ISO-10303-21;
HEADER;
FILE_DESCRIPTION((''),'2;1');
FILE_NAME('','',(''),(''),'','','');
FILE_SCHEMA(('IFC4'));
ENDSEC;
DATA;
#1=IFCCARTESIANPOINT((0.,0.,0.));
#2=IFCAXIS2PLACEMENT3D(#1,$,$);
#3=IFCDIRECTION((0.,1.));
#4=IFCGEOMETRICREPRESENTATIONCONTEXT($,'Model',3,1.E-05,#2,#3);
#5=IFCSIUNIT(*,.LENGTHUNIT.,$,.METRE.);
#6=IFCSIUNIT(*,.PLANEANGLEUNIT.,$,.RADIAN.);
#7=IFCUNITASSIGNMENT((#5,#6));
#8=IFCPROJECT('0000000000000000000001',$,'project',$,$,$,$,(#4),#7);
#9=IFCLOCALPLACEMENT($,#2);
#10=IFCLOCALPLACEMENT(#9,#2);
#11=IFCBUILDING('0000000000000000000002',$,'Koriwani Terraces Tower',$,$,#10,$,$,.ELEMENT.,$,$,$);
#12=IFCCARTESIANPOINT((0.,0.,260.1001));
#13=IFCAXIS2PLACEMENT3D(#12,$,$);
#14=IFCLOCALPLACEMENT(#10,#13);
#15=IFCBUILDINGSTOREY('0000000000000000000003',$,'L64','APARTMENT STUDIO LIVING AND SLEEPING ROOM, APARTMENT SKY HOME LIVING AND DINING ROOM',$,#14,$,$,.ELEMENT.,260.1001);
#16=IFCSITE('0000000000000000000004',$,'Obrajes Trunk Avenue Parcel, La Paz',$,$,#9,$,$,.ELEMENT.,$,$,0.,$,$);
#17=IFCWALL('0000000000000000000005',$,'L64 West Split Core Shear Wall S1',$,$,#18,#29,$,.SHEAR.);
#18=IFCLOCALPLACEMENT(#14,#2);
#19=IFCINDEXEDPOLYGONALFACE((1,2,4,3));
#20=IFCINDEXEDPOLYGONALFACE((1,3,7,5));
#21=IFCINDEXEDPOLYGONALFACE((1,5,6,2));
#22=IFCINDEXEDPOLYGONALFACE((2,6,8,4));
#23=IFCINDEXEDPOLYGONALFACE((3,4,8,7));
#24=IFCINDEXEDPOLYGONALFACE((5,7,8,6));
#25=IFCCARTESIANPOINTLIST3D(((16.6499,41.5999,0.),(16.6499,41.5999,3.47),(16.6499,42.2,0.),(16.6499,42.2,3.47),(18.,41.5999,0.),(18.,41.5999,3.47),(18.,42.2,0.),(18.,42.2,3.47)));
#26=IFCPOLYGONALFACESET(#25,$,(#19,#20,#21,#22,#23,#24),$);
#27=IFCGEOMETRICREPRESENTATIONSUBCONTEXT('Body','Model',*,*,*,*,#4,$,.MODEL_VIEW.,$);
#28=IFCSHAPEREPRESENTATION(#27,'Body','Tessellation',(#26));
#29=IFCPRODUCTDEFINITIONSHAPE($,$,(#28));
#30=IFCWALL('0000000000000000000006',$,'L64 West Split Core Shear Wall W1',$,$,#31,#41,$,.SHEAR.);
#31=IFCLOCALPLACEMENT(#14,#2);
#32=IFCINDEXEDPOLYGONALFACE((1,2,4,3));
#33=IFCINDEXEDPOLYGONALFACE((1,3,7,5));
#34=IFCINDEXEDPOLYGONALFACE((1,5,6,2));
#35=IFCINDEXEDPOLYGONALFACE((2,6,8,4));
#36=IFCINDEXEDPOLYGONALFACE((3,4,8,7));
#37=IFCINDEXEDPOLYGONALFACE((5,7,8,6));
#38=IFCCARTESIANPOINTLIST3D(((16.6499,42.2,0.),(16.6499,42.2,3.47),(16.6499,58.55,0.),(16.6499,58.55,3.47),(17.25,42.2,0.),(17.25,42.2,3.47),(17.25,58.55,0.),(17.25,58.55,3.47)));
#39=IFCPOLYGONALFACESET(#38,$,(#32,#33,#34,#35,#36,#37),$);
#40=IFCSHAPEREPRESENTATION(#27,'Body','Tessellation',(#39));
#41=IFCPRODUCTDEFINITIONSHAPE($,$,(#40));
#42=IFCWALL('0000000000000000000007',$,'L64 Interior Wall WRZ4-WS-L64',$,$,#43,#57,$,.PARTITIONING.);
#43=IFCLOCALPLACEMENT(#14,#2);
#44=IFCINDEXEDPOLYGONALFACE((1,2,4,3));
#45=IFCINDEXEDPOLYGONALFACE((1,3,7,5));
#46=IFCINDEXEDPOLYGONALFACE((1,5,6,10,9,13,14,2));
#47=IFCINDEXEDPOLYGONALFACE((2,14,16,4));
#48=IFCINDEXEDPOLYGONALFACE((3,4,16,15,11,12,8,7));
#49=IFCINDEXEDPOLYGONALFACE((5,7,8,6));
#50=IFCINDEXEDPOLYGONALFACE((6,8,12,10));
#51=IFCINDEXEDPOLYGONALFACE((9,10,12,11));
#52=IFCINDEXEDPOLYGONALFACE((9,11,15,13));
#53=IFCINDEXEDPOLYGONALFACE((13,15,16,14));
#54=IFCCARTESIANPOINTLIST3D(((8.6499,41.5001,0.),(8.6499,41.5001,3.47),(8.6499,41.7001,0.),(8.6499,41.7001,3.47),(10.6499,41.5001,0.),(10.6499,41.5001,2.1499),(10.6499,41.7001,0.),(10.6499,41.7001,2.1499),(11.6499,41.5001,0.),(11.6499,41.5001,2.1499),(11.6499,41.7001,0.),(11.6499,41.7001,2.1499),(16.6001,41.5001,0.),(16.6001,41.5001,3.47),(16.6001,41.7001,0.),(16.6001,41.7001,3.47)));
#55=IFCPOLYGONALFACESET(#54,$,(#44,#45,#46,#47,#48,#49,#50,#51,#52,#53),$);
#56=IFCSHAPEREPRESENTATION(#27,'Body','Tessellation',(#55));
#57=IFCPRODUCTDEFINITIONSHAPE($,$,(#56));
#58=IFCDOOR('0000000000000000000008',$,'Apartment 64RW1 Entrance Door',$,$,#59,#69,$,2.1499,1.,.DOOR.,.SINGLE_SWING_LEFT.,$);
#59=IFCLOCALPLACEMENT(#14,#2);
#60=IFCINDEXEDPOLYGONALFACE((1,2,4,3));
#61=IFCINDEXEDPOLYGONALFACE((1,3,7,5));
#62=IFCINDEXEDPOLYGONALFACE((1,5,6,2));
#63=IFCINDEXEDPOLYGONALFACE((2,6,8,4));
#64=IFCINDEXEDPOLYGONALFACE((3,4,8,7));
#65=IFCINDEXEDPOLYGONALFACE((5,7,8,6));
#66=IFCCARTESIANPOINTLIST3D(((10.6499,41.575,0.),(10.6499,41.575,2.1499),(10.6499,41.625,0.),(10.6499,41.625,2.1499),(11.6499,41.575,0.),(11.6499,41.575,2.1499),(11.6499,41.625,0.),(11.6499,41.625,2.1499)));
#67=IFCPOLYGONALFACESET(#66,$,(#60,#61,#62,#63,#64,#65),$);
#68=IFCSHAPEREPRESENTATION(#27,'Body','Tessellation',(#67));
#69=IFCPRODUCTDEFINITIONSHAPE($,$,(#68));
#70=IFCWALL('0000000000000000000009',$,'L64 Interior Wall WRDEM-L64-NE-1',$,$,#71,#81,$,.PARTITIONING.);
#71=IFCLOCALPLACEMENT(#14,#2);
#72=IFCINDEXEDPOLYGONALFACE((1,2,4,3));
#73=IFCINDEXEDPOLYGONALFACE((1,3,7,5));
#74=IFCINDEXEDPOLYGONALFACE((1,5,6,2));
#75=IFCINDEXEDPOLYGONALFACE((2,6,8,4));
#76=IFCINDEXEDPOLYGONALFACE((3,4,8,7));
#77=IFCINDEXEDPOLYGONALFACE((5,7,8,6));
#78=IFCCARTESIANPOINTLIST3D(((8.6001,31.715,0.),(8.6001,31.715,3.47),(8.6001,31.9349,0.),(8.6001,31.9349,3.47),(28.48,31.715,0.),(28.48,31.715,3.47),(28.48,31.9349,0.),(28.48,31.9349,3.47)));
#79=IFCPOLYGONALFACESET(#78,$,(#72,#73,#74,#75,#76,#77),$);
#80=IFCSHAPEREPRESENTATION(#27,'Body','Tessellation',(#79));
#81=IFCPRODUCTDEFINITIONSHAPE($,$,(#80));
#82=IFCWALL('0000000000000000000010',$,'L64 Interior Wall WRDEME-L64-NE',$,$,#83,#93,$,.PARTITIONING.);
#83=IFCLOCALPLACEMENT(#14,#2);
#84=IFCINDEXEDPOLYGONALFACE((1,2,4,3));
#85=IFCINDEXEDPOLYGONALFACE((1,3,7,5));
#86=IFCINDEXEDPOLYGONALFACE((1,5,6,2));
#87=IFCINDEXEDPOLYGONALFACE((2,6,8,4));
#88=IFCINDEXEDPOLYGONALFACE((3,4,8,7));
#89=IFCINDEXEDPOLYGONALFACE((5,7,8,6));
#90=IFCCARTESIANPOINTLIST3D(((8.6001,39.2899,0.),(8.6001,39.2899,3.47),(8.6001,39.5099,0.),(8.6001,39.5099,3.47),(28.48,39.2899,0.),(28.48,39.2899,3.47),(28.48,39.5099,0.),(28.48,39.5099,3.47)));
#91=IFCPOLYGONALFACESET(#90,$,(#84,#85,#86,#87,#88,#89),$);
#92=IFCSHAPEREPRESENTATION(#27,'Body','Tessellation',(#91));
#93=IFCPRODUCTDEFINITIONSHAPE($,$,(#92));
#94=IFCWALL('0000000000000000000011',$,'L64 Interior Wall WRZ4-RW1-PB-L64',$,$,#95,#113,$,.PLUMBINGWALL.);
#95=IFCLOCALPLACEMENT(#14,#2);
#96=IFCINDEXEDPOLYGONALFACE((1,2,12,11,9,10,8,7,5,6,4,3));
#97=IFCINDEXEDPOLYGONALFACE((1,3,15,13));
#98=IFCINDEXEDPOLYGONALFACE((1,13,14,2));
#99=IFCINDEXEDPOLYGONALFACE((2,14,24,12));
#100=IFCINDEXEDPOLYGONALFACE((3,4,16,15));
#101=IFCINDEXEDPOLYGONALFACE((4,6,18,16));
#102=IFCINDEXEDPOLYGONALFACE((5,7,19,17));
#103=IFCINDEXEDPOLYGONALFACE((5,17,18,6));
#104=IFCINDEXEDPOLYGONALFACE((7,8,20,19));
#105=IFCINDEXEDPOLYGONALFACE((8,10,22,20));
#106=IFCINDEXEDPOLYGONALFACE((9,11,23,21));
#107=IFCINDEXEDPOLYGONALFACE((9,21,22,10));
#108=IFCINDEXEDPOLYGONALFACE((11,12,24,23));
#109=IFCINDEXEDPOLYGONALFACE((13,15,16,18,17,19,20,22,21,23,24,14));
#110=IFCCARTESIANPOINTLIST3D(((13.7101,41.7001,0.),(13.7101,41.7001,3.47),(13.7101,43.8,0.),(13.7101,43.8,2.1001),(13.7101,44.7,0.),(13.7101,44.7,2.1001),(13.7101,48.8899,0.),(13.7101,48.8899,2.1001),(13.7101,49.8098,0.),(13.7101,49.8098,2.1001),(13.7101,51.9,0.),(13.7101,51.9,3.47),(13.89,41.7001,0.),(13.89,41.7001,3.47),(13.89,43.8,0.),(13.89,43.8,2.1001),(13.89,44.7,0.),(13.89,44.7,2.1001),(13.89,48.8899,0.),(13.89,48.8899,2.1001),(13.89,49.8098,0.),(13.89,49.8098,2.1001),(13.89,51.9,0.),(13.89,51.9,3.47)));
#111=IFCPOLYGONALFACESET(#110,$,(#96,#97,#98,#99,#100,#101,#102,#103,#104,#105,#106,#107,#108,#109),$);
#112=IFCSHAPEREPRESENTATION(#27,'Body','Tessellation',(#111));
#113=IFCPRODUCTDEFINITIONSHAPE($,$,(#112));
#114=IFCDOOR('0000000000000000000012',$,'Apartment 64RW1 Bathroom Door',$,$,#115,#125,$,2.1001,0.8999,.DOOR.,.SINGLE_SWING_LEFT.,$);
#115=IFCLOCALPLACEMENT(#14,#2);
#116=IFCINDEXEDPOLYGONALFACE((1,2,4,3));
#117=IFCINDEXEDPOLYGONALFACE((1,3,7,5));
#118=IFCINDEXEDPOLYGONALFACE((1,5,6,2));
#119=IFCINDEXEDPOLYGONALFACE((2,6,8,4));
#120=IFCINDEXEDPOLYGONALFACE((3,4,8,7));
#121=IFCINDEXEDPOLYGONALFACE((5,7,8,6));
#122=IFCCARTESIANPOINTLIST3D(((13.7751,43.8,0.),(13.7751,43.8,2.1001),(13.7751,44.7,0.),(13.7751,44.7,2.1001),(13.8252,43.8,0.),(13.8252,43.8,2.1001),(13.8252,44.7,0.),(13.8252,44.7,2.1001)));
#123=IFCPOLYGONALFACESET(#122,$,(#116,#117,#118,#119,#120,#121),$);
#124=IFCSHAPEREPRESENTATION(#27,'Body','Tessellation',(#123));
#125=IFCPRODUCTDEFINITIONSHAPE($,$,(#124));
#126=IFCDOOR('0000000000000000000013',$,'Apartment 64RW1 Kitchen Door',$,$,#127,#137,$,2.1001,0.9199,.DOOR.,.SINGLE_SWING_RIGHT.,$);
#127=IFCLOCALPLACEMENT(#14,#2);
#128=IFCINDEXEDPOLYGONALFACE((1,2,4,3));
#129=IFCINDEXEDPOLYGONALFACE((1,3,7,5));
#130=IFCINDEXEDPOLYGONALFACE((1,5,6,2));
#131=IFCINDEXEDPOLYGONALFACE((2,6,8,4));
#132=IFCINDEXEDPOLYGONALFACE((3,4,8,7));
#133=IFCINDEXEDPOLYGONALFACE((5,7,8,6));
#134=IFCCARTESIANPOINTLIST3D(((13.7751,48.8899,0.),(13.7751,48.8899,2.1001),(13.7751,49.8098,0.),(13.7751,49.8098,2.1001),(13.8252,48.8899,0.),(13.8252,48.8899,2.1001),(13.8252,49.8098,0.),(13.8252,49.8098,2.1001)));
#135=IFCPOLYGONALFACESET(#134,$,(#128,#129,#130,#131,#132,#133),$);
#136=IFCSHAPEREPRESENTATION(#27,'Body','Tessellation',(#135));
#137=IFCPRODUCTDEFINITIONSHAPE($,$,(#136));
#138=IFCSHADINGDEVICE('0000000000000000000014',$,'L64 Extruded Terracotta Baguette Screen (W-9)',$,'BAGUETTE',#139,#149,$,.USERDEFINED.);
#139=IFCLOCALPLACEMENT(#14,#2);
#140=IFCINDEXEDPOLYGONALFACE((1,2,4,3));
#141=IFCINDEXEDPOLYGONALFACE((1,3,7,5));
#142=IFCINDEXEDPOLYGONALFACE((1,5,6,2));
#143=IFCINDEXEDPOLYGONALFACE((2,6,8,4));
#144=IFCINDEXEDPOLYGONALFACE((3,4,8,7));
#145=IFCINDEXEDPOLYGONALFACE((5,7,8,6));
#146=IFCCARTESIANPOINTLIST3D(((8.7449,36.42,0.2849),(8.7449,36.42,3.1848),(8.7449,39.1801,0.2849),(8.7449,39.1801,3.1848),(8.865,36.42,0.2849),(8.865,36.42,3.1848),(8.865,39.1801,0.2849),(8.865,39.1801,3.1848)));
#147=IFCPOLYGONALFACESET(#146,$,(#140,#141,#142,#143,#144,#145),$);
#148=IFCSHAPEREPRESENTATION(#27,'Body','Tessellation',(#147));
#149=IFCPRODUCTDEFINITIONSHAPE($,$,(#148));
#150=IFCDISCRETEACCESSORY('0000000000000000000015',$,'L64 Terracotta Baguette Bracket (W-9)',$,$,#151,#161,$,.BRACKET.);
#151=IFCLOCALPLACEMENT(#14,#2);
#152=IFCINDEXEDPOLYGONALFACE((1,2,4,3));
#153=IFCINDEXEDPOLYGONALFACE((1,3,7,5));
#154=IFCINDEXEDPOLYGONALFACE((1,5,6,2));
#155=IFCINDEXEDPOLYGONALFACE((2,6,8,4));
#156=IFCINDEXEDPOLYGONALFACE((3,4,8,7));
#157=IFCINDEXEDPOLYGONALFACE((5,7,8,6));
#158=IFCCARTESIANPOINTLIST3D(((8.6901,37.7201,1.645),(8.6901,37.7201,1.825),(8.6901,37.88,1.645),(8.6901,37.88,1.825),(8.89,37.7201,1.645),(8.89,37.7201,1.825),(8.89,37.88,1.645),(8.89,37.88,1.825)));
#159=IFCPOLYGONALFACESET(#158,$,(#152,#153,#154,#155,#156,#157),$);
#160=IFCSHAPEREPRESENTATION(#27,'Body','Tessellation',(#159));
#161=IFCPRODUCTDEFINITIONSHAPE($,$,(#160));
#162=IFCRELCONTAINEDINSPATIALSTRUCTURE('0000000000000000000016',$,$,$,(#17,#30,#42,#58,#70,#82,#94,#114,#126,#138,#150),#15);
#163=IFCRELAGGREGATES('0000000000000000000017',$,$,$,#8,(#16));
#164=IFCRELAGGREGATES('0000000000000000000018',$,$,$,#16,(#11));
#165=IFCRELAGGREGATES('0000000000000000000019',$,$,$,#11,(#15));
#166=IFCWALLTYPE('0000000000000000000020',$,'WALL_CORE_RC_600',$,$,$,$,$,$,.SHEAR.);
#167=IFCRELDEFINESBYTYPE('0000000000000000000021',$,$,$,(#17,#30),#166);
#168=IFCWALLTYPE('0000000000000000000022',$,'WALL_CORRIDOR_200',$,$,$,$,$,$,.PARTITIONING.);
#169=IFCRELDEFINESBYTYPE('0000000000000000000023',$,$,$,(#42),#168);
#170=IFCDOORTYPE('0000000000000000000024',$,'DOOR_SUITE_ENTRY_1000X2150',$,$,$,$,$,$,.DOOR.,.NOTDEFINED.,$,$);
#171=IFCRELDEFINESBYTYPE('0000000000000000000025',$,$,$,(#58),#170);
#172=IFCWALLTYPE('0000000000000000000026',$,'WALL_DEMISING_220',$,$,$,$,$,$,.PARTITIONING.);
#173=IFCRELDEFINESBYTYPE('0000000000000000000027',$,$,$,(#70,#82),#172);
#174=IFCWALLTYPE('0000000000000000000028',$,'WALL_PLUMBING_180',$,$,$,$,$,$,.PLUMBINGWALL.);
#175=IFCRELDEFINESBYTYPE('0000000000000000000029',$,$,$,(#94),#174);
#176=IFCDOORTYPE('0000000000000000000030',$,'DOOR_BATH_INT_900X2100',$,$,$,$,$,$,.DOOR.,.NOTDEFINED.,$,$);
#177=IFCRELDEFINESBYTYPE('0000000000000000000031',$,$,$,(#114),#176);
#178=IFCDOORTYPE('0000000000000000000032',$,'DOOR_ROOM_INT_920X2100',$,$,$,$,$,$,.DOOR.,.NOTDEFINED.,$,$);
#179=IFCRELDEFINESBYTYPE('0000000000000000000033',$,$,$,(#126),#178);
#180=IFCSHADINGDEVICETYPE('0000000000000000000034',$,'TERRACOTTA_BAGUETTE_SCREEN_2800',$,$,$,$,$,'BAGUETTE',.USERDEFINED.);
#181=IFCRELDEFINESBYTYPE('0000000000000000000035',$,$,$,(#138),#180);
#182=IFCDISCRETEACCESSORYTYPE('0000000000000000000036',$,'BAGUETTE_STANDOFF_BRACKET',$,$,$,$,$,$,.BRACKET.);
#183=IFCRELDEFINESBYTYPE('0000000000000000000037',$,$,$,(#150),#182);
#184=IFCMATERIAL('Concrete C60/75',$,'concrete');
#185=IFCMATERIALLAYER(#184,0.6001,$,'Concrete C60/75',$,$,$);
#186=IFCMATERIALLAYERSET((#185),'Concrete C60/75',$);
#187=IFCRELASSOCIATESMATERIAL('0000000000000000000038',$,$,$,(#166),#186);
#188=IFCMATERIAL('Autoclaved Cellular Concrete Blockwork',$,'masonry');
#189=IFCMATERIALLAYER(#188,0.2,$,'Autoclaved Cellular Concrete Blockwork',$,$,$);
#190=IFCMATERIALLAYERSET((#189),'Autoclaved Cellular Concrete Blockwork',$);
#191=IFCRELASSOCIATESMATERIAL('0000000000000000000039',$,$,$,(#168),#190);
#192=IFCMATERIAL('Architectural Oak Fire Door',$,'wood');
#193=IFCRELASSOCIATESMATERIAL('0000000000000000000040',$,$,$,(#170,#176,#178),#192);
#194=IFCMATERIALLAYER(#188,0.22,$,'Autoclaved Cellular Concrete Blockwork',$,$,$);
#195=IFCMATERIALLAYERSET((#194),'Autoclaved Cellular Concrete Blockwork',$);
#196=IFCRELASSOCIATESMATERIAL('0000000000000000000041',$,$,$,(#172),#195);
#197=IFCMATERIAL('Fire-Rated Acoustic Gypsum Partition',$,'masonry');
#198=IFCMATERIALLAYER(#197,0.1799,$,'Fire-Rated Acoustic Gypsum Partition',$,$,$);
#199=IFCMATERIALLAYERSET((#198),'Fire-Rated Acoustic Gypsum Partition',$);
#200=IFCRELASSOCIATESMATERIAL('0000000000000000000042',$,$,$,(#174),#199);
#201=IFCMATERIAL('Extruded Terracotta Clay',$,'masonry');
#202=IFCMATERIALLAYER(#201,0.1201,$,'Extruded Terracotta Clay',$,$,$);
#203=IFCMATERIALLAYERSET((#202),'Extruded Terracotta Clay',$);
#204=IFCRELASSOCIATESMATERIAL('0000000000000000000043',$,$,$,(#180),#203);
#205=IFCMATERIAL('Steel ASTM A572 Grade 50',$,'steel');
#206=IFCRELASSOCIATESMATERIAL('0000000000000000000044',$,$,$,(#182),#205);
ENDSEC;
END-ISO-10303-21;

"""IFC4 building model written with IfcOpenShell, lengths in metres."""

from ifc_helpers import new_model, si_unit, direction, frame, frame_2d, origin, origin_2d, place, context, subcontext, project, spatial, rectangle, extrude, material, layer, layer_set, type_object, element, fill, save


model = new_model("IFC4")

# Units and contexts
model_context = context("Model", 3, precision=1e-05, world=origin(), true_north=direction((0.0, 1.0)))
body_context = subcontext(model_context, "Body", "Model", "MODEL_VIEW")
ifc_project = project(units=[si_unit("LENGTHUNIT", "METRE"), si_unit("PLANEANGLEUNIT", "RADIAN")], contexts=[model_context])

# Site, building, storey
site_placement = place(None, origin())
site = spatial("IfcSite", under=ifc_project, at=site_placement, Name="Obrajes Trunk Avenue Parcel, La Paz", CompositionType="ELEMENT", RefElevation=0.0)
building_placement = place(site_placement, origin())
building = spatial("IfcBuilding", under=site, at=building_placement, Name="Koriwani Terraces Tower", CompositionType="ELEMENT")
storey_placement = place(building_placement, frame((0.0, 0.0, 260.1001)))
storey = spatial("IfcBuildingStorey", under=building, at=storey_placement, Name="L64", Description="APARTMENT STUDIO LIVING AND SLEEPING ROOM, APARTMENT SKY HOME LIVING AND DINING ROOM", CompositionType="ELEMENT", Elevation=260.1001)

# Shared definitions
ifc_material_1 = material(Name="Steel ASTM A572 Grade 50", Category="steel")

# Walls
ifc_material_2 = material(Name="Concrete C60/75", Category="concrete")
ifc_layer_1 = layer(ifc_material_2, 0.6001, Name="Concrete C60/75")
ifc_layer_set_1 = layer_set([ifc_layer_1], Name="Concrete C60/75")
wall_type_1 = type_object("IfcWallType", Name="WALL_CORE_RC_600", PredefinedType="SHEAR", material=ifc_layer_set_1)
wall_1_placement = place(storey_placement, frame((16.6499, 41.8999, 0.0), z_axis=(0.0, 0.0, 1.0), x_axis=(1.0, 0.0, 0.0)))
element("IfcWall", 1, at=wall_1_placement, inside=storey, type_object=wall_type_1, Name="L64 West Split Core Shear Wall S1", PredefinedType="SHEAR", context=body_context, shape_type="SweptSolid", body=[
    extrude(rectangle(XDim=1.3501, YDim=0.6001, at=frame_2d((0.675, 0.0))), origin(), (0.0, 0.0, 1.0), 3.47),
])
wall_2_placement = place(storey_placement, frame((16.95, 42.2, 0.0), z_axis=(0.0, 0.0, 1.0), x_axis=(0.0, 1.0, 0.0)))
element("IfcWall", 2, at=wall_2_placement, inside=storey, type_object=wall_type_1, Name="L64 West Split Core Shear Wall W1", PredefinedType="SHEAR", context=body_context, shape_type="SweptSolid", body=[
    extrude(rectangle(XDim=16.3501, YDim=0.6001, at=frame_2d((8.175, 0.0))), origin(), (0.0, 0.0, 1.0), 3.47),
])

# Wall, opening, door
ifc_material_3 = material(Name="Autoclaved Cellular Concrete Blockwork", Category="masonry")
ifc_layer_2 = layer(ifc_material_3, 0.2, Name="Autoclaved Cellular Concrete Blockwork")
ifc_layer_set_2 = layer_set([ifc_layer_2], Name="Autoclaved Cellular Concrete Blockwork")
wall_type_2 = type_object("IfcWallType", Name="WALL_CORRIDOR_200", PredefinedType="PARTITIONING", material=ifc_layer_set_2)
wall_3_placement = place(storey_placement, frame((8.6499, 41.6001, 0.0), z_axis=(0.0, 0.0, 1.0), x_axis=(1.0, 0.0, 0.0)))
wall_3 = element("IfcWall", 3, at=wall_3_placement, inside=storey, type_object=wall_type_2, Name="L64 Interior Wall WRZ4-WS-L64", PredefinedType="PARTITIONING", context=body_context, shape_type="SweptSolid", body=[
    extrude(rectangle(XDim=7.9502, YDim=0.2, at=frame_2d((3.9751, 0.0))), origin(), (0.0, 0.0, 1.0), 3.47),
])
opening_1_placement = place(wall_3_placement, frame((2.0, 0.0, 0.0)))
opening_1 = element("IfcOpeningElement", 4, at=opening_1_placement, cuts=wall_3, PredefinedType="OPENING", context=body_context, shape_type="SweptSolid", body=[
    extrude(rectangle(XDim=1.0, YDim=2.1499, at=frame_2d((0.5, 1.075))), frame((0.0, 0.1099, 0.0), z_axis=(0.0, -1.0, 0.0), x_axis=(1.0, 0.0, 0.0)), (0.0, 0.0, 1.0), 0.22),
])
ifc_material_4 = material(Name="Architectural Oak Fire Door", Category="wood")
door_type_1 = type_object("IfcDoorType", Name="DOOR_SUITE_ENTRY_1000X2150", OperationType="NOTDEFINED", PredefinedType="DOOR", material=ifc_material_4)
door_1_placement = place(opening_1_placement, origin())
door_1 = element("IfcDoor", 5, at=door_1_placement, inside=storey, type_object=door_type_1, Name="Apartment 64RW1 Entrance Door", OperationType="SINGLE_SWING_LEFT", OverallHeight=2.1499, OverallWidth=1.0, PredefinedType="DOOR", context=body_context, shape_type="SweptSolid", body=[
    extrude(rectangle(XDim=1.0, YDim=2.1499, at=frame_2d((0.5, 1.075))), frame((0.0, 0.0249, 0.0), z_axis=(0.0, -1.0, 0.0), x_axis=(1.0, 0.0, 0.0)), (0.0, 0.0, 1.0), 0.05),
])
fill(opening_1, door_1)

# Walls
ifc_layer_3 = layer(ifc_material_3, 0.22, Name="Autoclaved Cellular Concrete Blockwork")
ifc_layer_set_3 = layer_set([ifc_layer_3], Name="Autoclaved Cellular Concrete Blockwork")
wall_type_3 = type_object("IfcWallType", Name="WALL_DEMISING_220", PredefinedType="PARTITIONING", material=ifc_layer_set_3)
for number, where, z_axis, x_axis, name in (
    (6, (8.6001, 31.825, 0.0), (0.0, 0.0, 1.0), (1.0, 0.0, 0.0), "L64 Interior Wall WRDEM-L64-NE-1"),
    (7, (8.6001, 39.3999, 0.0), (0.0, 0.0, 1.0), (1.0, 0.0, 0.0), "L64 Interior Wall WRDEME-L64-NE"),
):
    element("IfcWall", number, at=place(storey_placement, frame(where, z_axis=z_axis, x_axis=x_axis)), inside=storey, type_object=wall_type_3, Name=name, PredefinedType="PARTITIONING", context=body_context, shape_type="SweptSolid", body=[
        extrude(rectangle(XDim=19.8799, YDim=0.22, at=frame_2d((9.9399, 0.0))), origin(), (0.0, 0.0, 1.0), 3.47),
    ])

# Wall, openings, doors
ifc_material_5 = material(Name="Fire-Rated Acoustic Gypsum Partition", Category="masonry")
ifc_layer_4 = layer(ifc_material_5, 0.1799, Name="Fire-Rated Acoustic Gypsum Partition")
ifc_layer_set_4 = layer_set([ifc_layer_4], Name="Fire-Rated Acoustic Gypsum Partition")
wall_type_4 = type_object("IfcWallType", Name="WALL_PLUMBING_180", PredefinedType="PLUMBINGWALL", material=ifc_layer_set_4)
wall_4_placement = place(storey_placement, frame((13.8, 41.7, 0.0), z_axis=(0.0, 0.0, 1.0), x_axis=(0.0, 1.0, 0.0)))
wall_4 = element("IfcWall", 8, at=wall_4_placement, inside=storey, type_object=wall_type_4, Name="L64 Interior Wall WRZ4-RW1-PB-L64", PredefinedType="PLUMBINGWALL", context=body_context, shape_type="SweptSolid", body=[
    extrude(rectangle(XDim=10.2, YDim=0.1799, at=frame_2d((5.1001, 0.0))), origin(), (0.0, 0.0, 1.0), 3.47),
])
opening_2_placement = place(wall_4_placement, frame((2.1001, 0.0, 0.0)))
opening_2 = element("IfcOpeningElement", 9, at=opening_2_placement, cuts=wall_4, PredefinedType="OPENING", context=body_context, shape_type="SweptSolid", body=[
    extrude(rectangle(XDim=0.8999, YDim=2.1001, at=frame_2d((0.45, 1.05))), frame((0.0, 0.1001, 0.0), z_axis=(0.0, -1.0, 0.0), x_axis=(1.0, 0.0, 0.0)), (0.0, 0.0, 1.0), 0.2),
])
opening_3_placement = place(wall_4_placement, frame((7.1899, 0.0, 0.0)))
opening_3 = element("IfcOpeningElement", 10, at=opening_3_placement, cuts=wall_4, PredefinedType="OPENING", context=body_context, shape_type="SweptSolid", body=[
    extrude(rectangle(XDim=0.9199, YDim=2.1001, at=frame_2d((0.46, 1.05))), frame((0.0, 0.1001, 0.0), z_axis=(0.0, -1.0, 0.0), x_axis=(1.0, 0.0, 0.0)), (0.0, 0.0, 1.0), 0.2),
])
door_type_2 = type_object("IfcDoorType", Name="DOOR_BATH_INT_900X2100", OperationType="NOTDEFINED", PredefinedType="DOOR", material=ifc_material_4)
door_2_placement = place(opening_2_placement, origin())
door_2 = element("IfcDoor", 11, at=door_2_placement, inside=storey, type_object=door_type_2, Name="Apartment 64RW1 Bathroom Door", OperationType="SINGLE_SWING_LEFT", OverallHeight=2.1001, OverallWidth=0.8999, PredefinedType="DOOR", context=body_context, shape_type="SweptSolid", body=[
    extrude(rectangle(XDim=0.8999, YDim=2.1001, at=frame_2d((0.45, 1.05))), frame((0.0, 0.0249, 0.0), z_axis=(0.0, -1.0, 0.0), x_axis=(1.0, 0.0, 0.0)), (0.0, 0.0, 1.0), 0.05),
])
fill(opening_2, door_2)
door_type_3 = type_object("IfcDoorType", Name="DOOR_ROOM_INT_920X2100", OperationType="NOTDEFINED", PredefinedType="DOOR", material=ifc_material_4)
door_3_placement = place(opening_3_placement, origin())
door_3 = element("IfcDoor", 12, at=door_3_placement, inside=storey, type_object=door_type_3, Name="Apartment 64RW1 Kitchen Door", OperationType="SINGLE_SWING_RIGHT", OverallHeight=2.1001, OverallWidth=0.9199, PredefinedType="DOOR", context=body_context, shape_type="SweptSolid", body=[
    extrude(rectangle(XDim=0.9199, YDim=2.1001, at=frame_2d((0.46, 1.05))), frame((0.0, 0.0249, 0.0), z_axis=(0.0, -1.0, 0.0), x_axis=(1.0, 0.0, 0.0)), (0.0, 0.0, 1.0), 0.05),
])
fill(opening_3, door_3)

# Shading device
ifc_material_6 = material(Name="Extruded Terracotta Clay", Category="masonry")
ifc_layer_5 = layer(ifc_material_6, 0.1201, Name="Extruded Terracotta Clay")
ifc_layer_set_5 = layer_set([ifc_layer_5], Name="Extruded Terracotta Clay")
shading_device_type = type_object("IfcShadingDeviceType", Name="TERRACOTTA_BAGUETTE_SCREEN_2800", ElementType="BAGUETTE", PredefinedType="USERDEFINED", material=ifc_layer_set_5)
shading_device_placement = place(storey_placement, frame((8.8049, 37.8, 0.2849), z_axis=(0.0, 0.0, 1.0), x_axis=(0.0, 1.0, 0.0)))
element("IfcShadingDevice", 13, at=shading_device_placement, inside=storey, type_object=shading_device_type, Name="L64 Extruded Terracotta Baguette Screen (W-9)", ObjectType="BAGUETTE", PredefinedType="USERDEFINED", context=body_context, shape_type="SweptSolid", body=[
    extrude(rectangle(XDim=2.76, YDim=0.1201, at=origin_2d()), origin(), (0.0, 0.0, 1.0), 2.8999),
])

# Discrete accessory
discrete_accessory_type = type_object("IfcDiscreteAccessoryType", Name="BAGUETTE_STANDOFF_BRACKET", PredefinedType="BRACKET", material=ifc_material_1)
discrete_accessory_placement = place(storey_placement, frame((8.79, 37.8, 1.645), z_axis=(0.0, 0.0, 1.0), x_axis=(0.0, 1.0, 0.0)))
element("IfcDiscreteAccessory", 14, at=discrete_accessory_placement, inside=storey, type_object=discrete_accessory_type, Name="L64 Terracotta Baguette Bracket (W-9)", PredefinedType="BRACKET", context=body_context, shape_type="SweptSolid", body=[
    extrude(rectangle(XDim=0.1599, YDim=0.2, at=origin_2d()), origin(), (0.0, 0.0, 1.0), 0.1799),
])

save(model, "model.ifc")
